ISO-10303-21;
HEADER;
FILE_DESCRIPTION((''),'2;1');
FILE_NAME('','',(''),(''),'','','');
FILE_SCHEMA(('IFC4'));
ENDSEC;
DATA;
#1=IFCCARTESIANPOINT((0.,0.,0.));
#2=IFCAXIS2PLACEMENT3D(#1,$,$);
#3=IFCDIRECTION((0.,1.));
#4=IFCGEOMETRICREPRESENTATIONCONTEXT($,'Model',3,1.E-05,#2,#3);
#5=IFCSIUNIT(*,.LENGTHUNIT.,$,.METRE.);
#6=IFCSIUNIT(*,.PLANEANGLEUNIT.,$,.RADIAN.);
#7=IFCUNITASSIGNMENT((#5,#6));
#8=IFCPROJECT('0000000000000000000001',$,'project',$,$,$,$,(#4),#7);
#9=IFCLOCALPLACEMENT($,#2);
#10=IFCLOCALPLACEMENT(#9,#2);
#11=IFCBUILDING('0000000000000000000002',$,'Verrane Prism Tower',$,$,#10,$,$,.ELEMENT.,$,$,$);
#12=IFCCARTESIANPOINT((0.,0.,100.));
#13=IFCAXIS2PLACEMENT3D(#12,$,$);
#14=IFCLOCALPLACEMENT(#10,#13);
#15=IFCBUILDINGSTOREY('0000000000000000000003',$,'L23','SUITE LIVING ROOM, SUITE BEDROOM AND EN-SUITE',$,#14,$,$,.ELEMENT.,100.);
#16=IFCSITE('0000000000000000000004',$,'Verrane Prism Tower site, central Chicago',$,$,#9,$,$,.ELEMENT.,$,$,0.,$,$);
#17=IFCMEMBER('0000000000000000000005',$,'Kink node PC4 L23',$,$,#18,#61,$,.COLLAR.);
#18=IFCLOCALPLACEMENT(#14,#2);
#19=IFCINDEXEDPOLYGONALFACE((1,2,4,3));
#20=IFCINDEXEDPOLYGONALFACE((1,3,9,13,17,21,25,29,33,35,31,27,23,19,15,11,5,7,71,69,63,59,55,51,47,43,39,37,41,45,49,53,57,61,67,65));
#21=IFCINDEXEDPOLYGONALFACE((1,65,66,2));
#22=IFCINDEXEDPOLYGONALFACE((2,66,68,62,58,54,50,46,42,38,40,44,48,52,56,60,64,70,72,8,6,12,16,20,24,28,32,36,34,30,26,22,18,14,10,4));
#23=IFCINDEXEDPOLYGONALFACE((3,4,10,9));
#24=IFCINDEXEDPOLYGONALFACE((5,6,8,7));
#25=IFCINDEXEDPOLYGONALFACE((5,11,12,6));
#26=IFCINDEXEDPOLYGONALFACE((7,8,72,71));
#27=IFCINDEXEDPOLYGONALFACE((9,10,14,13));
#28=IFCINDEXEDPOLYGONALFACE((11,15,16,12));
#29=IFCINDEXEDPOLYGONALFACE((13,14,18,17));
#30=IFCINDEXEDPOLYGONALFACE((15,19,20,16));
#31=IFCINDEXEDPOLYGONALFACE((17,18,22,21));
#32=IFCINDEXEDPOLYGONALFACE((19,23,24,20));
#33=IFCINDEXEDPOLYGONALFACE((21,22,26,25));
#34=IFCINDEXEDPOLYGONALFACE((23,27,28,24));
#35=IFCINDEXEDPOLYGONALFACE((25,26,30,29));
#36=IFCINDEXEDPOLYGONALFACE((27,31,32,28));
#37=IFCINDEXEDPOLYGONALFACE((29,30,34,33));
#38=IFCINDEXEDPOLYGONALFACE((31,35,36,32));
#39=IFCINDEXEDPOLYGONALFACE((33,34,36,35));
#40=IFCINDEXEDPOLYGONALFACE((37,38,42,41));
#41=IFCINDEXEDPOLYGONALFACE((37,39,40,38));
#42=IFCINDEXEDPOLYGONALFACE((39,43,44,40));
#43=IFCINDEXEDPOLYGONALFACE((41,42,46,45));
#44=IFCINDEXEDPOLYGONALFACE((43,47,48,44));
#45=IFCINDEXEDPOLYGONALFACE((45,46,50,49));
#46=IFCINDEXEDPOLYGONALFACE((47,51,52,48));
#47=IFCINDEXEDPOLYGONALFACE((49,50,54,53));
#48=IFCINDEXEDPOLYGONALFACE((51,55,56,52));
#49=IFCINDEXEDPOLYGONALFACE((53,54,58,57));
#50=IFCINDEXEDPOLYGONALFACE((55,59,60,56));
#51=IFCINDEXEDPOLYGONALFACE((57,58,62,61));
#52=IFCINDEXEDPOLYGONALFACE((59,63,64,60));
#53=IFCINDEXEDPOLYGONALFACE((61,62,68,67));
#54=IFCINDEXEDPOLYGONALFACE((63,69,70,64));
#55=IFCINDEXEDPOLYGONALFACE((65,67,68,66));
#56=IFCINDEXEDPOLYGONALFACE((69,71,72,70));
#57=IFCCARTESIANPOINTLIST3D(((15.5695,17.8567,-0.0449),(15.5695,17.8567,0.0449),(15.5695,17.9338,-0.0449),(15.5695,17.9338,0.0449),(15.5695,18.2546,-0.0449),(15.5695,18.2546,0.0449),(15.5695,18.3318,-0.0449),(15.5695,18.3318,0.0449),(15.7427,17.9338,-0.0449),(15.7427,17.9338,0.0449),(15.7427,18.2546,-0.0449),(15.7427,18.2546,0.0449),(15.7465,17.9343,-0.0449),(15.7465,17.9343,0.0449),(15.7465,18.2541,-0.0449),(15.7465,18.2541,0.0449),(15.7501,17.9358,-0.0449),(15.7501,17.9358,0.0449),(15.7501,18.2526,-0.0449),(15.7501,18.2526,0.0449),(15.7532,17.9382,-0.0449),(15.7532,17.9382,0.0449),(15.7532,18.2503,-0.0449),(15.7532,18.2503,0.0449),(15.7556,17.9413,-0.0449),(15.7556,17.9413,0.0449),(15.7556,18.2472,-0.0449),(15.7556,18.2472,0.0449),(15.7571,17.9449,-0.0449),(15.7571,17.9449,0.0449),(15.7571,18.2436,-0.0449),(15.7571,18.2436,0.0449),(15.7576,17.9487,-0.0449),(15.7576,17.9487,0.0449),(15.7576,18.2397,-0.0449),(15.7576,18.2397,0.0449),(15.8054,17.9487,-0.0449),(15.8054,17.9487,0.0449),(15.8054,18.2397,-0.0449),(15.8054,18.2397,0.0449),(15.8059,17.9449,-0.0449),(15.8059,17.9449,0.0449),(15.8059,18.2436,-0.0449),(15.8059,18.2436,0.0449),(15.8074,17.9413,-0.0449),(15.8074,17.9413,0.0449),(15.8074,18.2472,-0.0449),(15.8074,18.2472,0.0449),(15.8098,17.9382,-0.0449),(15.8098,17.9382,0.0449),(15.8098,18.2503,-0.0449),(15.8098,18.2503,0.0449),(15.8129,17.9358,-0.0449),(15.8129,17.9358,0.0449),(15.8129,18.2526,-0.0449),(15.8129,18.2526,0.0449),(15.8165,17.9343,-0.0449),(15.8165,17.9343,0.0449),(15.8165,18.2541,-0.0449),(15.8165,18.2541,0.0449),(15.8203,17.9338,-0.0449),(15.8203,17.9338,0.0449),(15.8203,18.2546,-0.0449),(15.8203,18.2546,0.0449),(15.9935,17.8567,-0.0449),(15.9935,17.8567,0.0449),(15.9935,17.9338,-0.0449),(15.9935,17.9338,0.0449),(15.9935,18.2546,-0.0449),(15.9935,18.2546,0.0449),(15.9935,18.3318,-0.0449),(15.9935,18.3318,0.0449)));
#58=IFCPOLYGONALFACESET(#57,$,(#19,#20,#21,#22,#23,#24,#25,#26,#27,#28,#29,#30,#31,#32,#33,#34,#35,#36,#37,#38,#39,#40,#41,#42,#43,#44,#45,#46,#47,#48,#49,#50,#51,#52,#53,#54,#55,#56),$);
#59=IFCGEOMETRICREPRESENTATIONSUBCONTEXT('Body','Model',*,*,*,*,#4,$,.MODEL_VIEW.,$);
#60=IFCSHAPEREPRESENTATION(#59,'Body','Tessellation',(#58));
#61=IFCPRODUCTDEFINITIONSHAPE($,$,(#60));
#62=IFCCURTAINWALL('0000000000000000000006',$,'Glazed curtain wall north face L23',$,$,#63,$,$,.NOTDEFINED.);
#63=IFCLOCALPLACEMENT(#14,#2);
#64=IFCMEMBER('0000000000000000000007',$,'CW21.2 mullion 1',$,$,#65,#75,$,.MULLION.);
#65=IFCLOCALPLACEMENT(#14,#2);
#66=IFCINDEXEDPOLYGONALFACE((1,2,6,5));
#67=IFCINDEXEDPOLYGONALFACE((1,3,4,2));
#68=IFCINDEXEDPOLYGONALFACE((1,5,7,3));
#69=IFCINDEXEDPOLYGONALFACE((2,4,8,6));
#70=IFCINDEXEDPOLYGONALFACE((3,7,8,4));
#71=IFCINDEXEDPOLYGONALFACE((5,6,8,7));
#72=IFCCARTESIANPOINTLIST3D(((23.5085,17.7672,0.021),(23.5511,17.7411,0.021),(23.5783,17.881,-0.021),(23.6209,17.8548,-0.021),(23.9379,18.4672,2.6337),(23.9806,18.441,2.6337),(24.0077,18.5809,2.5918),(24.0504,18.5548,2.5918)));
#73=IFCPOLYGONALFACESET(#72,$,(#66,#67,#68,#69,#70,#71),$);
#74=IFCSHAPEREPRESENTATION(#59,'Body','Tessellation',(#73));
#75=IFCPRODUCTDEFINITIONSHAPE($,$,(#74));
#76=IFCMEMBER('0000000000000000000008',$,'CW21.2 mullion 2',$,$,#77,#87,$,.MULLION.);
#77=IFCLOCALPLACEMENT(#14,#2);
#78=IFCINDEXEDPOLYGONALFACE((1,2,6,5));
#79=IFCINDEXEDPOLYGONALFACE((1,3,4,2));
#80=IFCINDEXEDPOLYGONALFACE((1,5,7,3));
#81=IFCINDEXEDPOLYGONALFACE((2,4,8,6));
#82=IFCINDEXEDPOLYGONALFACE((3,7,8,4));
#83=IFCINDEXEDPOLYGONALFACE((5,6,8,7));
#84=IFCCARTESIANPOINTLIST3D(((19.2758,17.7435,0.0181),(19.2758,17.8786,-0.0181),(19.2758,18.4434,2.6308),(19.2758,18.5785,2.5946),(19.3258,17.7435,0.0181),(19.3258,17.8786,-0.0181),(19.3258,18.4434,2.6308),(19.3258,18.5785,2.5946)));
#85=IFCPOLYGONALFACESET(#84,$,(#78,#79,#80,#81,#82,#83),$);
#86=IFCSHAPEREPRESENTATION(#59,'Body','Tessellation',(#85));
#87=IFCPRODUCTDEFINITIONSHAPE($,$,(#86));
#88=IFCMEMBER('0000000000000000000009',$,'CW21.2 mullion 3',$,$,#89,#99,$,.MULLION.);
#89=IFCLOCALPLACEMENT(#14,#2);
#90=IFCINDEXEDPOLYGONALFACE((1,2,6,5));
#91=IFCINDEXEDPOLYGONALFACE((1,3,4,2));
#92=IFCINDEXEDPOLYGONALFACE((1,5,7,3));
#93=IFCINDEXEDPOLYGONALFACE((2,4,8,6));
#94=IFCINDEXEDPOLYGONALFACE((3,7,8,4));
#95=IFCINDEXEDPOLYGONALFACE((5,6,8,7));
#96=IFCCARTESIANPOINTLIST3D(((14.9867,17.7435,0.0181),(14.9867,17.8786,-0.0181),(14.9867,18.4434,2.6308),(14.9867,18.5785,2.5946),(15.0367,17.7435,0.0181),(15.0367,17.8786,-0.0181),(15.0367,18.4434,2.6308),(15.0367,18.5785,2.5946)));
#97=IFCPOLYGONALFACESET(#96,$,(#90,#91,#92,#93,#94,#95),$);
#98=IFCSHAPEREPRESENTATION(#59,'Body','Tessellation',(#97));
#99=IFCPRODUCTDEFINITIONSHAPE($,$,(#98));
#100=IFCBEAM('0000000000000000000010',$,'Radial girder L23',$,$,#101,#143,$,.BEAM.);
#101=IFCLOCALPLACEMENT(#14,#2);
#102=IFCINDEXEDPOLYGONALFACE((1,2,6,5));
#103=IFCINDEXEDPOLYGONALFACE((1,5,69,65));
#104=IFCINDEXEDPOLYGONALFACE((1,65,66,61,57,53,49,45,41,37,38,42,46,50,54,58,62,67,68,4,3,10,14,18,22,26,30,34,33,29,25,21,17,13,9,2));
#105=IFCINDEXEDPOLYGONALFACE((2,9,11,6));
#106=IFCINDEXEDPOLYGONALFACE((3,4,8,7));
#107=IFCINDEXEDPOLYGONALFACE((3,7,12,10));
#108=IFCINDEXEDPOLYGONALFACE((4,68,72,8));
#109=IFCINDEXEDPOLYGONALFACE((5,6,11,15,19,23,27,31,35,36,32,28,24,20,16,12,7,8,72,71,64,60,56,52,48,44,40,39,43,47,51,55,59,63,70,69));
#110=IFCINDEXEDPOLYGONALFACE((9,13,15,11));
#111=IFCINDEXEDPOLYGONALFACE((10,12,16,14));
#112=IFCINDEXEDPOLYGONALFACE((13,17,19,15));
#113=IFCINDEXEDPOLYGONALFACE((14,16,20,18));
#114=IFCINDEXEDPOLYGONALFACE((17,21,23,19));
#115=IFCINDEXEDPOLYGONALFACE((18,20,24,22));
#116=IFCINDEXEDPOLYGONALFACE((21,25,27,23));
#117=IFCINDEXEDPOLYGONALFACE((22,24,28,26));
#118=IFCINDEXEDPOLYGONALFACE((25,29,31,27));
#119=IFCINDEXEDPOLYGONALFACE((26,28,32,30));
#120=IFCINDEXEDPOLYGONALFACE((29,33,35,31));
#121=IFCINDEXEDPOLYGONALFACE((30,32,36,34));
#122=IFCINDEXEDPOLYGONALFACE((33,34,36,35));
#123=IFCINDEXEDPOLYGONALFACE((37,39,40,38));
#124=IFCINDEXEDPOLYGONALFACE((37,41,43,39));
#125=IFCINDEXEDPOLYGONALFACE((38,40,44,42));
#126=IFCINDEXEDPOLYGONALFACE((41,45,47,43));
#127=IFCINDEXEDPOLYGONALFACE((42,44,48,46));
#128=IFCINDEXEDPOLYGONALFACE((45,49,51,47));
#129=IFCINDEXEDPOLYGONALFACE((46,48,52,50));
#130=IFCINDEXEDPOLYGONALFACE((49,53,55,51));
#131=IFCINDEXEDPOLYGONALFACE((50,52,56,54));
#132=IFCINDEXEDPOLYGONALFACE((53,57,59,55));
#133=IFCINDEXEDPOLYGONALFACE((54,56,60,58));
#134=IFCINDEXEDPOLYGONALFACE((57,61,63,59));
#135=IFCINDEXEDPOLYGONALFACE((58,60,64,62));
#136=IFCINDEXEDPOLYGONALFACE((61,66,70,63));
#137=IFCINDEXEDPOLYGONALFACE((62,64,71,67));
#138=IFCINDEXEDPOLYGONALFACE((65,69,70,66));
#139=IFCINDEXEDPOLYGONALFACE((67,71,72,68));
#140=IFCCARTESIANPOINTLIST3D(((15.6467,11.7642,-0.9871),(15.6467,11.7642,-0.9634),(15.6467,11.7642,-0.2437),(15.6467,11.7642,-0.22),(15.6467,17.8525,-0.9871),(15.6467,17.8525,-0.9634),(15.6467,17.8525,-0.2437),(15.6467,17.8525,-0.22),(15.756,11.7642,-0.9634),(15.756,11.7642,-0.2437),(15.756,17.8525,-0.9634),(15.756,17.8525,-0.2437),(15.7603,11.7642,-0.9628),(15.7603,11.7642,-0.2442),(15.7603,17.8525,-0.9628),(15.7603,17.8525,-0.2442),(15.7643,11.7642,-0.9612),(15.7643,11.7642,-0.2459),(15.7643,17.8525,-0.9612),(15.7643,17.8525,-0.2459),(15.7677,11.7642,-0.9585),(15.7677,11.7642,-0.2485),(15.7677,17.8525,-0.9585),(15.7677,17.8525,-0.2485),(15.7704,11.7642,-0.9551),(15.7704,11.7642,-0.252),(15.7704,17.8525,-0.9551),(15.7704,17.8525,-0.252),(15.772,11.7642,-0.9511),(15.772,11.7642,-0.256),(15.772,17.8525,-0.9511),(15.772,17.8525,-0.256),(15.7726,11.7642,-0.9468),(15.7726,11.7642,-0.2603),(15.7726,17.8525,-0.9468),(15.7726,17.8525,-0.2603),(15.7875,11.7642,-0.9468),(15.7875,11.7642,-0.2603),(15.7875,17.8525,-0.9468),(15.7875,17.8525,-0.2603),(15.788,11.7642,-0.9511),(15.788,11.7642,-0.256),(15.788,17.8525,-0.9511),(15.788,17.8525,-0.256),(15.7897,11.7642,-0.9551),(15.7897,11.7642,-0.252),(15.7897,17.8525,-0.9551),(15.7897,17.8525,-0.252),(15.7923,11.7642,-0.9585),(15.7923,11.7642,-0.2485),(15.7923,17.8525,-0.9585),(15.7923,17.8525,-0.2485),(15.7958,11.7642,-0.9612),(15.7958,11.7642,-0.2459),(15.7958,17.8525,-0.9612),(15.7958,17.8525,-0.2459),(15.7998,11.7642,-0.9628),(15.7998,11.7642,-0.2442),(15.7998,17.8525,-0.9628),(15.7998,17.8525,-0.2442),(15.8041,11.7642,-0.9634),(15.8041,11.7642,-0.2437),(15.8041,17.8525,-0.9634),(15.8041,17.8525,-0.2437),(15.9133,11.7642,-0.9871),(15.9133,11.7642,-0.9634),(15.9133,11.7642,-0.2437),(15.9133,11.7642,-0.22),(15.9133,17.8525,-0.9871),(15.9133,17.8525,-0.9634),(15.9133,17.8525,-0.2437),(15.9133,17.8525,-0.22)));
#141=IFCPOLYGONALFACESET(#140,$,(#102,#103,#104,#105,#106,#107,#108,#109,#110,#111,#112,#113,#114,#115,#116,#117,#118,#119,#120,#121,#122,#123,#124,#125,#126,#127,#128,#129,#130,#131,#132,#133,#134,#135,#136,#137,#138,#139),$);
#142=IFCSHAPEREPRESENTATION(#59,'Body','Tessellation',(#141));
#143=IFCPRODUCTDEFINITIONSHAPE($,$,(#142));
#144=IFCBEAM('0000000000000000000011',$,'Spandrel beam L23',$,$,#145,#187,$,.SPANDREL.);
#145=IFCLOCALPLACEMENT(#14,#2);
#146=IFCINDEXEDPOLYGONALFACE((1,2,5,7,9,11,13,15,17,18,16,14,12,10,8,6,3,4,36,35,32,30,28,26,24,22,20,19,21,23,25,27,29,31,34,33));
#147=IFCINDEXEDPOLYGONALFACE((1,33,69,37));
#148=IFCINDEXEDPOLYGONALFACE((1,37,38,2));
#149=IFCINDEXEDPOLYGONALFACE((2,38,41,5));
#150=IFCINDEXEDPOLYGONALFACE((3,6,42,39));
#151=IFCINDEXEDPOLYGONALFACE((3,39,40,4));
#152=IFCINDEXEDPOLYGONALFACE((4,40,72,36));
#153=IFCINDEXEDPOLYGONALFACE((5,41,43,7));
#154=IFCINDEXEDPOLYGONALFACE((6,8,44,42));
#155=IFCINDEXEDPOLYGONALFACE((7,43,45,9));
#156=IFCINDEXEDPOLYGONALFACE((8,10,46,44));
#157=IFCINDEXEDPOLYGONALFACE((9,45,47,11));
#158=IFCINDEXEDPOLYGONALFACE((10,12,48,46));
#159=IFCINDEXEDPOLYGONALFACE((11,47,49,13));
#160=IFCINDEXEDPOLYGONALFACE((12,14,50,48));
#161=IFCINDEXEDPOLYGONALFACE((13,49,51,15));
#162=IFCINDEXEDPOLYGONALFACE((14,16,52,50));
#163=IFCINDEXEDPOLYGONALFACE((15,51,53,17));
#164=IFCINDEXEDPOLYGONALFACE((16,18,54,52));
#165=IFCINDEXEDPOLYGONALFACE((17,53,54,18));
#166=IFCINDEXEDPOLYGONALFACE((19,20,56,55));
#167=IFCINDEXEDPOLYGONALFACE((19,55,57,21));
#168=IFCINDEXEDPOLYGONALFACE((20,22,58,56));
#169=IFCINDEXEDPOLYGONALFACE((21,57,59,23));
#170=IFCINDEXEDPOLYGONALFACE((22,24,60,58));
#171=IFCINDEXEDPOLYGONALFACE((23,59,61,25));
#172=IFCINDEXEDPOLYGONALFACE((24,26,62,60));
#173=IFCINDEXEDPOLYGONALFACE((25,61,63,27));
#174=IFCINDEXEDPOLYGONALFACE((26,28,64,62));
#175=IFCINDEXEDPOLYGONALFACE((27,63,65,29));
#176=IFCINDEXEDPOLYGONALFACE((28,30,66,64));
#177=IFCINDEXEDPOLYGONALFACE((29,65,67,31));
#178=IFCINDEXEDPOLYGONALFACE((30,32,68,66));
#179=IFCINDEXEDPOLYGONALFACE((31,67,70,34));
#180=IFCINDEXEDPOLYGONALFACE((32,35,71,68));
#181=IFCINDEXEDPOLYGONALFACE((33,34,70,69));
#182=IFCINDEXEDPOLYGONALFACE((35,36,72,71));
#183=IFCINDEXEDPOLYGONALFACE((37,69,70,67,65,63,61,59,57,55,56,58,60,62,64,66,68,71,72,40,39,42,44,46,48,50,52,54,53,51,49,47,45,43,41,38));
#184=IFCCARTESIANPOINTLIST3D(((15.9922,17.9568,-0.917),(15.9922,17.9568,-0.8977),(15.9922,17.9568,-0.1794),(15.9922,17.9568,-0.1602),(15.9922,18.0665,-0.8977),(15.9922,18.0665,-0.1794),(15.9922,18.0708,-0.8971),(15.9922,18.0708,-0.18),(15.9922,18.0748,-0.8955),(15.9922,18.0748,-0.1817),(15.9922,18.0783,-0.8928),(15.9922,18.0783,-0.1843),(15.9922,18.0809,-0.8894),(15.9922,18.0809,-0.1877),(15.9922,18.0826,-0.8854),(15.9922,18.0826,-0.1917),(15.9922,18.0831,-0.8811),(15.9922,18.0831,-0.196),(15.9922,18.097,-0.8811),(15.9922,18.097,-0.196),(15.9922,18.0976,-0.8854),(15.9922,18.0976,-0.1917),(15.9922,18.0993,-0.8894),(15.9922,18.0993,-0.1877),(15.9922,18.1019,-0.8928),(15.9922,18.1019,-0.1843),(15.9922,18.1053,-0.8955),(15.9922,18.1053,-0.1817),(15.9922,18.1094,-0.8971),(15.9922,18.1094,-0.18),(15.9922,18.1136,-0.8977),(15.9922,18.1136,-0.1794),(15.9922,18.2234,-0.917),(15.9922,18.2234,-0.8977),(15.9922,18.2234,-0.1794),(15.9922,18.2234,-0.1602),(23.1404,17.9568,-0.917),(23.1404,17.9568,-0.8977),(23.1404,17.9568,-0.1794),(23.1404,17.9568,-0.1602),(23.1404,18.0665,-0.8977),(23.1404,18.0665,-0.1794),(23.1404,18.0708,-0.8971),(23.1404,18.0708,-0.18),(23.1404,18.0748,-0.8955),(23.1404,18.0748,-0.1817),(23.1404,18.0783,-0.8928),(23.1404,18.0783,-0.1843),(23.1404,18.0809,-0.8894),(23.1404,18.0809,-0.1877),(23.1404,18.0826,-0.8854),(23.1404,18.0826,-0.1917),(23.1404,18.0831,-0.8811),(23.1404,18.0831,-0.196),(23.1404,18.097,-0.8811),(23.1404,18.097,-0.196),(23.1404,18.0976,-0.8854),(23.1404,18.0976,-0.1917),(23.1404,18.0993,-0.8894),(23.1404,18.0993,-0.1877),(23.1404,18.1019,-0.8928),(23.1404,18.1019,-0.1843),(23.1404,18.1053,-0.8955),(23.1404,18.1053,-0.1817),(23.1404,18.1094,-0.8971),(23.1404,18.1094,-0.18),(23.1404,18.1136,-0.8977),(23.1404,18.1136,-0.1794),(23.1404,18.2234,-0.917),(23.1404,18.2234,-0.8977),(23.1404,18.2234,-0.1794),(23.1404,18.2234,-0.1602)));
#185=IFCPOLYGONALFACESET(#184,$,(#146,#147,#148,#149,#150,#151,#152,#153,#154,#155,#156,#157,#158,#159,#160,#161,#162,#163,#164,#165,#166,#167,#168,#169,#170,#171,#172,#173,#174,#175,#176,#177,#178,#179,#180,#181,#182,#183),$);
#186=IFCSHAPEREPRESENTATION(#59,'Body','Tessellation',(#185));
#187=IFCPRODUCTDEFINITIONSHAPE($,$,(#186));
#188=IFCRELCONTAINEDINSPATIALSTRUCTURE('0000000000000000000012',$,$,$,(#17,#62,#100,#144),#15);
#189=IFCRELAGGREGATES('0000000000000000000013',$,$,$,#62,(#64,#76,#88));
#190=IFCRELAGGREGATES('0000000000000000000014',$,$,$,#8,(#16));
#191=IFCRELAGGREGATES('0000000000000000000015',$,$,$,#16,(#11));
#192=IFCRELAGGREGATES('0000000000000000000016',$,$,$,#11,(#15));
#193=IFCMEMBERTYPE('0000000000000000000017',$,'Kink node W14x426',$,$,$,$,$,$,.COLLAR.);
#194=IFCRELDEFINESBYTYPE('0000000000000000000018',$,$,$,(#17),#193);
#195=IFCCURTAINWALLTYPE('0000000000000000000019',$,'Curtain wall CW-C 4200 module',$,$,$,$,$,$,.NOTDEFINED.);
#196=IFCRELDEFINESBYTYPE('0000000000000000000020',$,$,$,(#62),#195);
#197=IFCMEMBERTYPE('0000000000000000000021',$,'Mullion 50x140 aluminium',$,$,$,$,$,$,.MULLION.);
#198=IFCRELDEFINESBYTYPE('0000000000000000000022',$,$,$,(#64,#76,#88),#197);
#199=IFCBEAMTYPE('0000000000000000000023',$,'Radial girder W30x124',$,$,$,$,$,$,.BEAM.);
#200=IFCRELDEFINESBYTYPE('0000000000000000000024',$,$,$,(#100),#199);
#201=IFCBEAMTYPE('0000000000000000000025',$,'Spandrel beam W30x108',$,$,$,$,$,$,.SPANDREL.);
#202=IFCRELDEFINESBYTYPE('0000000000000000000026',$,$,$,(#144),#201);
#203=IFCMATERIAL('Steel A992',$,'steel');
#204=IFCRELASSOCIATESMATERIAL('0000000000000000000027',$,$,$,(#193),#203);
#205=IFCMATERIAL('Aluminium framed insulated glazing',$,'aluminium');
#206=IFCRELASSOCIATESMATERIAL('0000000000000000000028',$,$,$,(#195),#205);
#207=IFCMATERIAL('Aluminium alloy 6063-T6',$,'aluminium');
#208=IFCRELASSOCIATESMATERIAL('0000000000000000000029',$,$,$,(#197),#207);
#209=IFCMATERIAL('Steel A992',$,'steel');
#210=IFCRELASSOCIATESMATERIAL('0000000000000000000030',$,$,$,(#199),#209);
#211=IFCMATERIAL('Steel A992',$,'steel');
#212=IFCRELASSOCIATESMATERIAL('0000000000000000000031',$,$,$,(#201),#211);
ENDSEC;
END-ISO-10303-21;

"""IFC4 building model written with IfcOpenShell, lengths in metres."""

from ifc_helpers import new_model, si_unit, direction, frame, origin, origin_2d, place, context, subcontext, project, spatial, rectangle, i_section, extrude, material, material_profile, profile_set, type_object, element, aggregate, save


model = new_model("IFC4")

# Units and contexts
model_context = context("Model", 3, precision=1e-05, world=origin(), true_north=direction((0.0, 1.0)))
body_context = subcontext(model_context, "Body", "Model", "MODEL_VIEW")
ifc_project = project(units=[si_unit("LENGTHUNIT", "METRE"), si_unit("PLANEANGLEUNIT", "RADIAN")], contexts=[model_context])

# Site, building, storey
site_placement = place(None, origin())
site = spatial("IfcSite", under=ifc_project, at=site_placement, Name="Verrane Prism Tower site, central Chicago", CompositionType="ELEMENT", RefElevation=0.0)
building_placement = place(site_placement, origin())
building = spatial("IfcBuilding", under=site, at=building_placement, Name="Verrane Prism Tower", CompositionType="ELEMENT")
storey_placement = place(building_placement, frame((0.0, 0.0, 100.0)))
storey = spatial("IfcBuildingStorey", under=building, at=storey_placement, Name="L23", Description="SUITE LIVING ROOM, SUITE BEDROOM AND EN-SUITE", CompositionType="ELEMENT", Elevation=100.0)

# Member
ifc_material_1 = material(Name="Steel A992", Category="steel")
ifc_material_profile_1 = material_profile(ifc_material_1, i_section(OverallWidth=0.4241, OverallDepth=0.4751, WebThickness=0.0479, FlangeThickness=0.0771, FilletRadius=0.0149, at=origin_2d()), Name="W14x426")
ifc_profile_set_1 = profile_set([ifc_material_profile_1], Name="Steel A992")
member_type_1 = type_object("IfcMemberType", Name="Kink node W14x426", PredefinedType="COLLAR", material=ifc_profile_set_1)
member_1_placement = place(storey_placement, frame((15.7815, 18.0942, -0.0449), z_axis=(0.0, 0.0, 1.0), x_axis=(1.0, 0.0, 0.0)))
element("IfcMember", 1, at=member_1_placement, inside=storey, type_object=member_type_1, Name="Kink node PC4 L23", PredefinedType="COLLAR", context=body_context, shape_type="SweptSolid", body=[
    extrude(i_section(OverallWidth=0.4241, OverallDepth=0.4751, WebThickness=0.0479, FlangeThickness=0.0771, FilletRadius=0.0149, at=origin_2d()), origin(), (0.0, 0.0, 1.0), 0.0898),
])

# Curtain wall, members
ifc_material_2 = material(Name="Aluminium framed insulated glazing", Category="aluminium")
curtain_wall_type_1 = type_object("IfcCurtainWallType", Name="Curtain wall CW-C 4200 module", PredefinedType="NOTDEFINED", material=ifc_material_2)
curtain_wall_1_placement = place(storey_placement, origin())
curtain_wall_1 = element("IfcCurtainWall", 2, at=curtain_wall_1_placement, inside=storey, type_object=curtain_wall_type_1, Name="Glazed curtain wall north face L23", PredefinedType="NOTDEFINED")
ifc_material_3 = material(Name="Aluminium alloy 6063-T6", Category="aluminium")
ifc_material_profile_2 = material_profile(ifc_material_3, rectangle(XDim=0.1399, YDim=0.05, at=origin_2d()), Name="Mullion 50x140 aluminium")
ifc_profile_set_2 = profile_set([ifc_material_profile_2], Name="Aluminium alloy 6063-T6")
member_type_2 = type_object("IfcMemberType", Name="Mullion 50x140 aluminium", PredefinedType="MULLION", material=ifc_profile_set_2)
member_2_placement = place(storey_placement, frame((23.5647, 17.811, 0.0), z_axis=(0.1568, 0.255568, 0.953991), x_axis=(0.498892, 0.813146, -0.299835)))
member_2 = element("IfcMember", 3, at=member_2_placement, type_object=member_type_2, Name="CW21.2 mullion 1", PredefinedType="MULLION", context=body_context, shape_type="SweptSolid", body=[
    extrude(rectangle(XDim=0.1399, YDim=0.05, at=origin_2d()), origin(), (0.0, 0.0, 1.0), 2.7388),
])
member_3_placement = place(storey_placement, frame((19.3008, 17.811, 0.0), z_axis=(0.0, 0.258769, 0.965939), x_axis=(0.0, 0.965939, -0.258769)))
member_3 = element("IfcMember", 4, at=member_3_placement, type_object=member_type_2, Name="CW21.2 mullion 2", PredefinedType="MULLION", context=body_context, shape_type="SweptSolid", body=[
    extrude(rectangle(XDim=0.1399, YDim=0.05, at=origin_2d()), origin(), (0.0, 0.0, 1.0), 2.7048),
])
member_4_placement = place(storey_placement, frame((15.0117, 17.811, 0.0), z_axis=(0.0, 0.258769, 0.965939), x_axis=(0.0, 0.965939, -0.258769)))
member_4 = element("IfcMember", 5, at=member_4_placement, type_object=member_type_2, Name="CW21.2 mullion 3", PredefinedType="MULLION", context=body_context, shape_type="SweptSolid", body=[
    extrude(rectangle(XDim=0.1399, YDim=0.05, at=origin_2d()), origin(), (0.0, 0.0, 1.0), 2.7048),
])

# Beams
ifc_material_4 = material(Name="Steel A992", Category="steel")
ifc_material_profile_3 = material_profile(ifc_material_4, i_section(OverallWidth=0.2666, OverallDepth=0.7671, WebThickness=0.0149, FlangeThickness=0.0237, FilletRadius=0.0166, at=origin_2d()), Name="W30x124")
ifc_profile_set_3 = profile_set([ifc_material_profile_3], Name="Steel A992")
beam_type_1 = type_object("IfcBeamType", Name="Radial girder W30x124", PredefinedType="BEAM", material=ifc_profile_set_3)
beam_1_placement = place(storey_placement, frame((15.78, 17.8525, -0.6035), z_axis=(0.0, -1.0, 0.0), x_axis=(1.0, 0.0, 0.0)))
element("IfcBeam", 6, at=beam_1_placement, inside=storey, type_object=beam_type_1, Name="Radial girder L23", PredefinedType="BEAM", context=body_context, shape_type="SweptSolid", body=[
    extrude(i_section(OverallWidth=0.2666, OverallDepth=0.7671, WebThickness=0.0149, FlangeThickness=0.0237, FilletRadius=0.0166, at=origin_2d()), origin(), (0.0, 0.0, 1.0), 6.0884),
])
ifc_material_5 = material(Name="Steel A992", Category="steel")
ifc_material_profile_4 = material_profile(ifc_material_5, i_section(OverallWidth=0.2666, OverallDepth=0.7568, WebThickness=0.0139, FlangeThickness=0.0193, FilletRadius=0.0166, at=origin_2d()), Name="W30x108")
ifc_profile_set_4 = profile_set([ifc_material_profile_4], Name="Steel A992")
beam_type_2 = type_object("IfcBeamType", Name="Spandrel beam W30x108", PredefinedType="SPANDREL", material=ifc_profile_set_4)
beam_2_placement = place(storey_placement, frame((23.1404, 18.0901, -0.5386), z_axis=(-1.0, 0.0, 0.0), x_axis=(0.0, -1.0, 0.0)))
element("IfcBeam", 7, at=beam_2_placement, inside=storey, type_object=beam_type_2, Name="Spandrel beam L23", PredefinedType="SPANDREL", context=body_context, shape_type="SweptSolid", body=[
    extrude(i_section(OverallWidth=0.2666, OverallDepth=0.7568, WebThickness=0.0139, FlangeThickness=0.0193, FilletRadius=0.0166, at=origin_2d()), origin(), (0.0, 0.0, 1.0), 7.1482),
])

aggregate(curtain_wall_1, [member_2, member_3, member_4])

save(model, "model.ifc")
